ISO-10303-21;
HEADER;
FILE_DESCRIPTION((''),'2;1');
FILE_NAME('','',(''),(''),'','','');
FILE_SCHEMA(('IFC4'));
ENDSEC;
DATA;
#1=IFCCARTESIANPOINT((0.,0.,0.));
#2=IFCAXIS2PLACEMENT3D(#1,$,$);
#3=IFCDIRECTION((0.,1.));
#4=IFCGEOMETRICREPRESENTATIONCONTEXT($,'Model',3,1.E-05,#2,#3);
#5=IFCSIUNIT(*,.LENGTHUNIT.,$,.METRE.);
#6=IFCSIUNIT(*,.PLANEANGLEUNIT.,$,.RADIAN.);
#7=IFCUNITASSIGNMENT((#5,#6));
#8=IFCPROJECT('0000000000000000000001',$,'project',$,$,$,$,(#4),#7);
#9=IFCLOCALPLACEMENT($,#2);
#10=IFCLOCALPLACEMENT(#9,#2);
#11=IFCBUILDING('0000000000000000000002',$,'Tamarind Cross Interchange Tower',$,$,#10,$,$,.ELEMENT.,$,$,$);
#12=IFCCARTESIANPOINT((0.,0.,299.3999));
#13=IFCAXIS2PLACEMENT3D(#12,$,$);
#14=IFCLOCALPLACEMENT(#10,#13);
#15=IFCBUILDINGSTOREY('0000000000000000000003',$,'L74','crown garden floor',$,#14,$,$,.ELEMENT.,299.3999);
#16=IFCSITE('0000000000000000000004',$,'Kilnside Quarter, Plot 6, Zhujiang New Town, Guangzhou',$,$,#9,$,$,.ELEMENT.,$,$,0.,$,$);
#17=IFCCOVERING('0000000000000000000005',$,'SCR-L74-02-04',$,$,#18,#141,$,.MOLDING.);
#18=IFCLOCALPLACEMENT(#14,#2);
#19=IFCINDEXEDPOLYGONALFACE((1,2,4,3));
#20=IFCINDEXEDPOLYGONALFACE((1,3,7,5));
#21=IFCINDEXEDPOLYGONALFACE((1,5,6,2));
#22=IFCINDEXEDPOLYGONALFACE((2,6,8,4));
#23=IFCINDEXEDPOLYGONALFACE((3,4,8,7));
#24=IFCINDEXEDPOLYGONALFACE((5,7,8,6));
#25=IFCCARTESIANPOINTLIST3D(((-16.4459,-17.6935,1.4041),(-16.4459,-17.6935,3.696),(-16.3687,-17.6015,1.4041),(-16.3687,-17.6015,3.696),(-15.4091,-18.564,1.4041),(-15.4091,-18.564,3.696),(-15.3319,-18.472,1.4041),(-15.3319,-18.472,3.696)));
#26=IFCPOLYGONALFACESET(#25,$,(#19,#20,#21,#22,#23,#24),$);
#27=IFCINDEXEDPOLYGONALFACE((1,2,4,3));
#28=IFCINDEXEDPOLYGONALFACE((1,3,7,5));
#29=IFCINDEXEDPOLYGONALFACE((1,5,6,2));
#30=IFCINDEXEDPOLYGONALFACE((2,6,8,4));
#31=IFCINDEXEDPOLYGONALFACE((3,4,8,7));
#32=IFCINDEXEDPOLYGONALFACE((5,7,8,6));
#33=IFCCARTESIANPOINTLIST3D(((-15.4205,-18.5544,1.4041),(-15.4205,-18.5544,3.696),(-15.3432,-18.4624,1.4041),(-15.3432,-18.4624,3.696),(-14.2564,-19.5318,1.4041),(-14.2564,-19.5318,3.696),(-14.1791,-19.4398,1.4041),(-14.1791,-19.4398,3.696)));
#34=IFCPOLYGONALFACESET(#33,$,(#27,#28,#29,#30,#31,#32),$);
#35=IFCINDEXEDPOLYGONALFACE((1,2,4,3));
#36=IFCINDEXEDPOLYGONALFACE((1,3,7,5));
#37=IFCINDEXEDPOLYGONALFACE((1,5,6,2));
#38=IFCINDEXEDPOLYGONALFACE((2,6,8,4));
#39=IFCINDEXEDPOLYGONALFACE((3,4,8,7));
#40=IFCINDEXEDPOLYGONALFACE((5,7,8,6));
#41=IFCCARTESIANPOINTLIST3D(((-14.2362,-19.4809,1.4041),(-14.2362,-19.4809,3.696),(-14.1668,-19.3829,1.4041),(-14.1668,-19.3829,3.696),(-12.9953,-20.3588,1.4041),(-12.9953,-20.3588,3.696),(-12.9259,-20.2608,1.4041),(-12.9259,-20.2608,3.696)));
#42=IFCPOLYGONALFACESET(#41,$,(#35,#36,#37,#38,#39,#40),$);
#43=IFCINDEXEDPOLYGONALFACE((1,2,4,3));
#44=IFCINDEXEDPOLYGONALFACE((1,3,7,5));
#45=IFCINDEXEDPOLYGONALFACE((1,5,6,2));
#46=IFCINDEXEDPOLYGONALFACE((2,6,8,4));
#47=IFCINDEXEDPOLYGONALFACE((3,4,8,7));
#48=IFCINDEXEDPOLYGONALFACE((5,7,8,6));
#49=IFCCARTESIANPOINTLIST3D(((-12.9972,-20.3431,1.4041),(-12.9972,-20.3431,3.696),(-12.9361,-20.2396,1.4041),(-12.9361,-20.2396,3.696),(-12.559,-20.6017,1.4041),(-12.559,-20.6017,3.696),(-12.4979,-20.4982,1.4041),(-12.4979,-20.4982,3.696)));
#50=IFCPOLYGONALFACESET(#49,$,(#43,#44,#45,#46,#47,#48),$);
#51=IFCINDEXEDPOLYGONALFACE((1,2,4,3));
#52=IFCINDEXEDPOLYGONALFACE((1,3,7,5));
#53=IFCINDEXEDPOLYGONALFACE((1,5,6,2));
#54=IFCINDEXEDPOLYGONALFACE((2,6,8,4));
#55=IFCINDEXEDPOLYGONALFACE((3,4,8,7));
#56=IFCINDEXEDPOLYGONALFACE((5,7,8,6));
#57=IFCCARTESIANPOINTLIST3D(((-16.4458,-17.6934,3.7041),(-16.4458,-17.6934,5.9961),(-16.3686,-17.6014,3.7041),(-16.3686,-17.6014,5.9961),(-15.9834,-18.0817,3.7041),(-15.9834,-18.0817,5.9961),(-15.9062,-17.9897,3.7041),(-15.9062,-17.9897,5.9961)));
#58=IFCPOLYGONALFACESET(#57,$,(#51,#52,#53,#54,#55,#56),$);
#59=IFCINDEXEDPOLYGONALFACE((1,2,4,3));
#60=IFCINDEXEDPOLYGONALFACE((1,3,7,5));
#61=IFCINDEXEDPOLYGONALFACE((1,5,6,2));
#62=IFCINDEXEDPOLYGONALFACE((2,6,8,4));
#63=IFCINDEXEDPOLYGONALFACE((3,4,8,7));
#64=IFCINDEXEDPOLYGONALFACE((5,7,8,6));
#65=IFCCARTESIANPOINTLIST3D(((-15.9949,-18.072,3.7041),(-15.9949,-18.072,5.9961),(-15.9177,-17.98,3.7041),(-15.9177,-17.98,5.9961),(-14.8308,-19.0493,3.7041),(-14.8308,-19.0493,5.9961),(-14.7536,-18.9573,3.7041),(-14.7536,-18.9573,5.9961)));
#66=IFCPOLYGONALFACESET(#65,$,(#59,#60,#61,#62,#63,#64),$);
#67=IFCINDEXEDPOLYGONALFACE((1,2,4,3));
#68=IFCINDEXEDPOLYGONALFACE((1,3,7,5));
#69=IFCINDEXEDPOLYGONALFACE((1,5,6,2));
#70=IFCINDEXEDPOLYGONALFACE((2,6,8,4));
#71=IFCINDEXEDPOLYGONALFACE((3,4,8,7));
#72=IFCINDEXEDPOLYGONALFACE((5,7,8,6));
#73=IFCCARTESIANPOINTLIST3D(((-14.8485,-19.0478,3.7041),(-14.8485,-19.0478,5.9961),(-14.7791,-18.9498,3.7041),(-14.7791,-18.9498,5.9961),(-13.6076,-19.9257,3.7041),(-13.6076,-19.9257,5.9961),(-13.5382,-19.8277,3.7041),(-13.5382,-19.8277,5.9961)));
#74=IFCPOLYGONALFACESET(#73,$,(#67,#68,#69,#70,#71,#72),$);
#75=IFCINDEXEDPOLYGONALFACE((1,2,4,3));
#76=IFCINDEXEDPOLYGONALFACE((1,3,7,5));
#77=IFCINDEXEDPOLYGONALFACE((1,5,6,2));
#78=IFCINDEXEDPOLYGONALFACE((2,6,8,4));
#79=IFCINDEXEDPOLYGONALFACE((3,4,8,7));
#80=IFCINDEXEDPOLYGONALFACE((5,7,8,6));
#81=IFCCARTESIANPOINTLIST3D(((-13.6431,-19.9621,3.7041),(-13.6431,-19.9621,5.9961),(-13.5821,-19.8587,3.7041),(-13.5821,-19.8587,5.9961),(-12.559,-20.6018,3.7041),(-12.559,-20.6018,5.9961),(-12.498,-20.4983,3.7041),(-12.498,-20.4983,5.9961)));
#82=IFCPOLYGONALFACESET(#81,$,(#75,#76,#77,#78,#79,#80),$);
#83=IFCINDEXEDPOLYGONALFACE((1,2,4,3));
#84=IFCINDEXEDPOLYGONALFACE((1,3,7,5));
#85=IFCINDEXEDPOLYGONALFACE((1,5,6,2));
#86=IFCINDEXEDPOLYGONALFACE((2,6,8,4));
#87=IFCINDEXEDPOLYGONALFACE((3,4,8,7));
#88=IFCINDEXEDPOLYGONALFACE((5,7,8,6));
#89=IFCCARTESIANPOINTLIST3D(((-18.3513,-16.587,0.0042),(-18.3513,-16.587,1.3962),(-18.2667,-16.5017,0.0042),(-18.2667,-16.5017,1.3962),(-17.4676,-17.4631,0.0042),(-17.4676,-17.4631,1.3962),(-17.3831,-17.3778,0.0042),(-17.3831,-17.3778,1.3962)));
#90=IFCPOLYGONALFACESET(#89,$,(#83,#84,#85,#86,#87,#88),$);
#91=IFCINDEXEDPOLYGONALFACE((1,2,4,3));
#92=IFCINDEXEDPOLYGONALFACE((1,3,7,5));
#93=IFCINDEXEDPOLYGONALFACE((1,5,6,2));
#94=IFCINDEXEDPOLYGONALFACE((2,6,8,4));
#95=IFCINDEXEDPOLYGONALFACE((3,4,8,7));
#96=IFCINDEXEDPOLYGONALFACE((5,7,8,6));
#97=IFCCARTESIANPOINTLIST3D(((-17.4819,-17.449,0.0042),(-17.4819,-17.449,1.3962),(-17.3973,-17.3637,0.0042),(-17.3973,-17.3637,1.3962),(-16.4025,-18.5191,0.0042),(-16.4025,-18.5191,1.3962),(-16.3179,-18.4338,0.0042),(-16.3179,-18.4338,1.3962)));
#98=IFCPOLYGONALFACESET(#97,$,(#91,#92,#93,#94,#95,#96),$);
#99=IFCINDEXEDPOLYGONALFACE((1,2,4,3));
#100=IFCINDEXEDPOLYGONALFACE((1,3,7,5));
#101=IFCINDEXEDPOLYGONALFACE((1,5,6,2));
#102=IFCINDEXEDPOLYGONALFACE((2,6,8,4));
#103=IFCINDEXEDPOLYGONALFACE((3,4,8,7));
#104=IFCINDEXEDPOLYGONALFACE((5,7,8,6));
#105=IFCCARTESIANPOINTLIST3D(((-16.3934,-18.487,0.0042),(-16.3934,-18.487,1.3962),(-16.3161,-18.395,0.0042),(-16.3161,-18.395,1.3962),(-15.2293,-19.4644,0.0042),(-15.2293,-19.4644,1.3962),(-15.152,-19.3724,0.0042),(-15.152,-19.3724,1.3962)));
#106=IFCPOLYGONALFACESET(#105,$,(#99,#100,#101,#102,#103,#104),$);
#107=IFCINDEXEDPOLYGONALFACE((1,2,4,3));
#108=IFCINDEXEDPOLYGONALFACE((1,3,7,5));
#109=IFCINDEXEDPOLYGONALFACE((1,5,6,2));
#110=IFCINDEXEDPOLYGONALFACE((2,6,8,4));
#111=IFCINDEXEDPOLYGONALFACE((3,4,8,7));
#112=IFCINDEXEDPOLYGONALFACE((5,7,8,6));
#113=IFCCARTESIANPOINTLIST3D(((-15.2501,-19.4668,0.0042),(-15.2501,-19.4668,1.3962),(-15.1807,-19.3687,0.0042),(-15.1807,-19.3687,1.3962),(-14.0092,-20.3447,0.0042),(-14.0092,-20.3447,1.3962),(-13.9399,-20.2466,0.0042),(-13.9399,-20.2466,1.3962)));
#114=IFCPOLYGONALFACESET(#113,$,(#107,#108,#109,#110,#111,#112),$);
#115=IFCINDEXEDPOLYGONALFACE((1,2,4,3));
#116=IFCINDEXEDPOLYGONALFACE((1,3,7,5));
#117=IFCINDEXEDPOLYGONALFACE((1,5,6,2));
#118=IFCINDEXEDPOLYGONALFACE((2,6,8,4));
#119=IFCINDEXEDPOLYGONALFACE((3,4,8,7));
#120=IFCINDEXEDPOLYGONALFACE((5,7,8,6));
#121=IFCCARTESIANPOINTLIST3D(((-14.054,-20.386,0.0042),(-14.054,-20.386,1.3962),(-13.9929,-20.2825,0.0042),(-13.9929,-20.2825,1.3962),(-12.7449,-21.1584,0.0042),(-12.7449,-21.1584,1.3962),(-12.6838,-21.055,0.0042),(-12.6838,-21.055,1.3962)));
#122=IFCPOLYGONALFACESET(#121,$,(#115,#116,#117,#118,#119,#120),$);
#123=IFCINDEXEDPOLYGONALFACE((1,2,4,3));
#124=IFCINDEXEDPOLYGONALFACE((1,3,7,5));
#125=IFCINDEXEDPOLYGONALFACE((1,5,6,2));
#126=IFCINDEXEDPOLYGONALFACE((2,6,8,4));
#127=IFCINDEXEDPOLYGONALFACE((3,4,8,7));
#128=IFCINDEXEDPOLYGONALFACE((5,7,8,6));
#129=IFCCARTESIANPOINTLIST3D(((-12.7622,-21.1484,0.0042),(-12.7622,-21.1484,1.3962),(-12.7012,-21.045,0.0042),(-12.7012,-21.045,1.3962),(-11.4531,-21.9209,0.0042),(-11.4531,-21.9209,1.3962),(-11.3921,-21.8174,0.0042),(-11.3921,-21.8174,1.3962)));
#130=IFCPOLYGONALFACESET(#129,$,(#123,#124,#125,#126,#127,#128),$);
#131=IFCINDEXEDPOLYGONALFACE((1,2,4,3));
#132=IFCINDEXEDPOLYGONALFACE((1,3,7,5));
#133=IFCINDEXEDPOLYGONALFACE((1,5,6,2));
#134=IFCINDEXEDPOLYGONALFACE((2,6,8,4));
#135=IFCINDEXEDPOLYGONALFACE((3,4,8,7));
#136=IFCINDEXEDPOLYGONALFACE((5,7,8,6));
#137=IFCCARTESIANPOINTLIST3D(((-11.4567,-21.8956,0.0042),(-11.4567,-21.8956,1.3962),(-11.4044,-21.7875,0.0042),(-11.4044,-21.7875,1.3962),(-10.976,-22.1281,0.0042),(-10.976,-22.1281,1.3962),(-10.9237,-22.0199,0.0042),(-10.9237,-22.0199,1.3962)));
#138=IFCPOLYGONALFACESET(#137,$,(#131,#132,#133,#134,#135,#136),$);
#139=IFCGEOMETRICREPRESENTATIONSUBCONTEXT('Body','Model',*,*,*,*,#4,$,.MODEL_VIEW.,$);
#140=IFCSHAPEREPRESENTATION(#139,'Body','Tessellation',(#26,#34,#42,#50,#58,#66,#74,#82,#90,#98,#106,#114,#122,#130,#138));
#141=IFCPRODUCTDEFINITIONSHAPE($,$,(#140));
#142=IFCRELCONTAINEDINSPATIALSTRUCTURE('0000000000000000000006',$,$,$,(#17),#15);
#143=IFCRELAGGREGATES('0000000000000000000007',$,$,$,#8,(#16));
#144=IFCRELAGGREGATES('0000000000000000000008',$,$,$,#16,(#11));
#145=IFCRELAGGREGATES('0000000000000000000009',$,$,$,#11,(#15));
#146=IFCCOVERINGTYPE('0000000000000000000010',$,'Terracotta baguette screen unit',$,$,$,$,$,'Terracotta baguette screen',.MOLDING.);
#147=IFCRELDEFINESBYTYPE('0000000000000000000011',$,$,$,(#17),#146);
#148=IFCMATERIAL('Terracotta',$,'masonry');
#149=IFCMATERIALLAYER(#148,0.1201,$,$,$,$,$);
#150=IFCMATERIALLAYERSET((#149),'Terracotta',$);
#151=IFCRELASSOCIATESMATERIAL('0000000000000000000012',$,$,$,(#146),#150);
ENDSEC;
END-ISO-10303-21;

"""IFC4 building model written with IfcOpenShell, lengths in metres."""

from ifc_helpers import new_model, si_unit, direction, frame, origin, origin_2d, place, context, subcontext, project, spatial, rectangle, extrude, material, layer, layer_set, type_object, element, save


model = new_model("IFC4")

# Units and contexts
model_context = context("Model", 3, precision=1e-05, world=origin(), true_north=direction((0.0, 1.0)))
body_context = subcontext(model_context, "Body", "Model", "MODEL_VIEW")
ifc_project = project(units=[si_unit("LENGTHUNIT", "METRE"), si_unit("PLANEANGLEUNIT", "RADIAN")], contexts=[model_context])

# Site, building, storey
site_placement = place(None, origin())
site = spatial("IfcSite", under=ifc_project, at=site_placement, Name="Kilnside Quarter, Plot 6, Zhujiang New Town, Guangzhou", CompositionType="ELEMENT", RefElevation=0.0)
building_placement = place(site_placement, origin())
building = spatial("IfcBuilding", under=site, at=building_placement, Name="Tamarind Cross Interchange Tower", CompositionType="ELEMENT")
storey_placement = place(building_placement, frame((0.0, 0.0, 299.3999)))
storey = spatial("IfcBuildingStorey", under=building, at=storey_placement, Name="L74", Description="crown garden floor", CompositionType="ELEMENT", Elevation=299.3999)

# Covering
ifc_material_1 = material(Name="Terracotta", Category="masonry")
ifc_layer_1 = layer(ifc_material_1, 0.1201)
ifc_layer_set_1 = layer_set([ifc_layer_1], Name="Terracotta")
covering_type = type_object("IfcCoveringType", Name="Terracotta baguette screen unit", ElementType="Terracotta baguette screen", PredefinedType="MOLDING", material=ifc_layer_set_1)
covering_1_placement = place(storey_placement, origin())
element("IfcCovering", 1, at=covering_1_placement, inside=storey, type_object=covering_type, Name="SCR-L74-02-04", PredefinedType="MOLDING", context=body_context, shape_type="SweptSolid", body=[
    extrude(rectangle(XDim=1.3538, YDim=0.1201, at=origin_2d()), frame((-15.8889, -18.0828, 1.4041), z_axis=(0.0, 0.0, 1.0), x_axis=(0.765858, -0.643009, 0.0)), (0.0, 0.0, 1.0), 2.292),
    extrude(rectangle(XDim=1.52, YDim=0.1201, at=origin_2d()), frame((-14.7998, -18.9971, 1.4041), z_axis=(0.0, 0.0, 1.0), x_axis=(0.765858, -0.643009, 0.0)), (0.0, 0.0, 1.0), 2.292),
    extrude(rectangle(XDim=1.52, YDim=0.1201, at=origin_2d()), frame((-13.5811, -19.8708, 1.4041), z_axis=(0.0, 0.0, 1.0), x_axis=(0.816342, -0.577569, 0.0)), (0.0, 0.0, 1.0), 2.292),
    extrude(rectangle(XDim=0.5088, YDim=0.1201, at=origin_2d()), frame((-12.7476, -20.4207, 1.4041), z_axis=(0.0, 0.0, 1.0), x_axis=(0.861249, -0.508183, 0.0)), (0.0, 0.0, 1.0), 2.292),
    extrude(rectangle(XDim=0.6038, YDim=0.1201, at=origin_2d()), frame((-16.176, -17.8416, 3.7041), z_axis=(0.0, 0.0, 1.0), x_axis=(0.765858, -0.643009, 0.0)), (0.0, 0.0, 1.0), 2.292),
    extrude(rectangle(XDim=1.52, YDim=0.1201, at=origin_2d()), frame((-15.3743, -18.5146, 3.7041), z_axis=(0.0, 0.0, 1.0), x_axis=(0.765858, -0.643009, 0.0)), (0.0, 0.0, 1.0), 2.292),
    extrude(rectangle(XDim=1.52, YDim=0.1201, at=origin_2d()), frame((-14.1934, -19.4377, 3.7041), z_axis=(0.0, 0.0, 1.0), x_axis=(0.816342, -0.577569, 0.0)), (0.0, 0.0, 1.0), 2.292),
    extrude(rectangle(XDim=1.2588, YDim=0.1201, at=origin_2d()), frame((-13.0706, -20.2302, 3.7041), z_axis=(0.0, 0.0, 1.0), x_axis=(0.861249, -0.508183, 0.0)), (0.0, 0.0, 1.0), 2.292),
    extrude(rectangle(XDim=1.2444, YDim=0.1201, at=origin_2d()), frame((-17.8672, -16.9824, 0.0042), z_axis=(0.0, 0.0, 1.0), x_axis=(0.710143, -0.704057, 0.0)), (0.0, 0.0, 1.0), 1.3921),
    extrude(rectangle(XDim=1.52, YDim=0.1201, at=origin_2d()), frame((-16.8999, -17.9414, 0.0042), z_axis=(0.0, 0.0, 1.0), x_axis=(0.710143, -0.704057, 0.0)), (0.0, 0.0, 1.0), 1.3921),
    extrude(rectangle(XDim=1.52, YDim=0.1201, at=origin_2d()), frame((-15.7727, -18.9297, 0.0042), z_axis=(0.0, 0.0, 1.0), x_axis=(0.765858, -0.643009, 0.0)), (0.0, 0.0, 1.0), 1.3921),
    extrude(rectangle(XDim=1.52, YDim=0.1201, at=origin_2d()), frame((-14.595, -19.8567, 0.0042), z_axis=(0.0, 0.0, 1.0), x_axis=(0.816342, -0.577569, 0.0)), (0.0, 0.0, 1.0), 1.3921),
    extrude(rectangle(XDim=1.52, YDim=0.1201, at=origin_2d()), frame((-13.3689, -20.7205, 0.0042), z_axis=(0.0, 0.0, 1.0), x_axis=(0.861249, -0.508183, 0.0)), (0.0, 0.0, 1.0), 1.3921),
    extrude(rectangle(XDim=1.52, YDim=0.1201, at=origin_2d()), frame((-12.0771, -21.4829, 0.0042), z_axis=(0.0, 0.0, 1.0), x_axis=(0.861249, -0.508183, 0.0)), (0.0, 0.0, 1.0), 1.3921),
    extrude(rectangle(XDim=0.5339, YDim=0.1201, at=origin_2d()), frame((-11.1902, -21.9578, 0.0042), z_axis=(0.0, 0.0, 1.0), x_axis=(0.900273, -0.435326, 0.0)), (0.0, 0.0, 1.0), 1.3921),
])

save(model, "model.ifc")
